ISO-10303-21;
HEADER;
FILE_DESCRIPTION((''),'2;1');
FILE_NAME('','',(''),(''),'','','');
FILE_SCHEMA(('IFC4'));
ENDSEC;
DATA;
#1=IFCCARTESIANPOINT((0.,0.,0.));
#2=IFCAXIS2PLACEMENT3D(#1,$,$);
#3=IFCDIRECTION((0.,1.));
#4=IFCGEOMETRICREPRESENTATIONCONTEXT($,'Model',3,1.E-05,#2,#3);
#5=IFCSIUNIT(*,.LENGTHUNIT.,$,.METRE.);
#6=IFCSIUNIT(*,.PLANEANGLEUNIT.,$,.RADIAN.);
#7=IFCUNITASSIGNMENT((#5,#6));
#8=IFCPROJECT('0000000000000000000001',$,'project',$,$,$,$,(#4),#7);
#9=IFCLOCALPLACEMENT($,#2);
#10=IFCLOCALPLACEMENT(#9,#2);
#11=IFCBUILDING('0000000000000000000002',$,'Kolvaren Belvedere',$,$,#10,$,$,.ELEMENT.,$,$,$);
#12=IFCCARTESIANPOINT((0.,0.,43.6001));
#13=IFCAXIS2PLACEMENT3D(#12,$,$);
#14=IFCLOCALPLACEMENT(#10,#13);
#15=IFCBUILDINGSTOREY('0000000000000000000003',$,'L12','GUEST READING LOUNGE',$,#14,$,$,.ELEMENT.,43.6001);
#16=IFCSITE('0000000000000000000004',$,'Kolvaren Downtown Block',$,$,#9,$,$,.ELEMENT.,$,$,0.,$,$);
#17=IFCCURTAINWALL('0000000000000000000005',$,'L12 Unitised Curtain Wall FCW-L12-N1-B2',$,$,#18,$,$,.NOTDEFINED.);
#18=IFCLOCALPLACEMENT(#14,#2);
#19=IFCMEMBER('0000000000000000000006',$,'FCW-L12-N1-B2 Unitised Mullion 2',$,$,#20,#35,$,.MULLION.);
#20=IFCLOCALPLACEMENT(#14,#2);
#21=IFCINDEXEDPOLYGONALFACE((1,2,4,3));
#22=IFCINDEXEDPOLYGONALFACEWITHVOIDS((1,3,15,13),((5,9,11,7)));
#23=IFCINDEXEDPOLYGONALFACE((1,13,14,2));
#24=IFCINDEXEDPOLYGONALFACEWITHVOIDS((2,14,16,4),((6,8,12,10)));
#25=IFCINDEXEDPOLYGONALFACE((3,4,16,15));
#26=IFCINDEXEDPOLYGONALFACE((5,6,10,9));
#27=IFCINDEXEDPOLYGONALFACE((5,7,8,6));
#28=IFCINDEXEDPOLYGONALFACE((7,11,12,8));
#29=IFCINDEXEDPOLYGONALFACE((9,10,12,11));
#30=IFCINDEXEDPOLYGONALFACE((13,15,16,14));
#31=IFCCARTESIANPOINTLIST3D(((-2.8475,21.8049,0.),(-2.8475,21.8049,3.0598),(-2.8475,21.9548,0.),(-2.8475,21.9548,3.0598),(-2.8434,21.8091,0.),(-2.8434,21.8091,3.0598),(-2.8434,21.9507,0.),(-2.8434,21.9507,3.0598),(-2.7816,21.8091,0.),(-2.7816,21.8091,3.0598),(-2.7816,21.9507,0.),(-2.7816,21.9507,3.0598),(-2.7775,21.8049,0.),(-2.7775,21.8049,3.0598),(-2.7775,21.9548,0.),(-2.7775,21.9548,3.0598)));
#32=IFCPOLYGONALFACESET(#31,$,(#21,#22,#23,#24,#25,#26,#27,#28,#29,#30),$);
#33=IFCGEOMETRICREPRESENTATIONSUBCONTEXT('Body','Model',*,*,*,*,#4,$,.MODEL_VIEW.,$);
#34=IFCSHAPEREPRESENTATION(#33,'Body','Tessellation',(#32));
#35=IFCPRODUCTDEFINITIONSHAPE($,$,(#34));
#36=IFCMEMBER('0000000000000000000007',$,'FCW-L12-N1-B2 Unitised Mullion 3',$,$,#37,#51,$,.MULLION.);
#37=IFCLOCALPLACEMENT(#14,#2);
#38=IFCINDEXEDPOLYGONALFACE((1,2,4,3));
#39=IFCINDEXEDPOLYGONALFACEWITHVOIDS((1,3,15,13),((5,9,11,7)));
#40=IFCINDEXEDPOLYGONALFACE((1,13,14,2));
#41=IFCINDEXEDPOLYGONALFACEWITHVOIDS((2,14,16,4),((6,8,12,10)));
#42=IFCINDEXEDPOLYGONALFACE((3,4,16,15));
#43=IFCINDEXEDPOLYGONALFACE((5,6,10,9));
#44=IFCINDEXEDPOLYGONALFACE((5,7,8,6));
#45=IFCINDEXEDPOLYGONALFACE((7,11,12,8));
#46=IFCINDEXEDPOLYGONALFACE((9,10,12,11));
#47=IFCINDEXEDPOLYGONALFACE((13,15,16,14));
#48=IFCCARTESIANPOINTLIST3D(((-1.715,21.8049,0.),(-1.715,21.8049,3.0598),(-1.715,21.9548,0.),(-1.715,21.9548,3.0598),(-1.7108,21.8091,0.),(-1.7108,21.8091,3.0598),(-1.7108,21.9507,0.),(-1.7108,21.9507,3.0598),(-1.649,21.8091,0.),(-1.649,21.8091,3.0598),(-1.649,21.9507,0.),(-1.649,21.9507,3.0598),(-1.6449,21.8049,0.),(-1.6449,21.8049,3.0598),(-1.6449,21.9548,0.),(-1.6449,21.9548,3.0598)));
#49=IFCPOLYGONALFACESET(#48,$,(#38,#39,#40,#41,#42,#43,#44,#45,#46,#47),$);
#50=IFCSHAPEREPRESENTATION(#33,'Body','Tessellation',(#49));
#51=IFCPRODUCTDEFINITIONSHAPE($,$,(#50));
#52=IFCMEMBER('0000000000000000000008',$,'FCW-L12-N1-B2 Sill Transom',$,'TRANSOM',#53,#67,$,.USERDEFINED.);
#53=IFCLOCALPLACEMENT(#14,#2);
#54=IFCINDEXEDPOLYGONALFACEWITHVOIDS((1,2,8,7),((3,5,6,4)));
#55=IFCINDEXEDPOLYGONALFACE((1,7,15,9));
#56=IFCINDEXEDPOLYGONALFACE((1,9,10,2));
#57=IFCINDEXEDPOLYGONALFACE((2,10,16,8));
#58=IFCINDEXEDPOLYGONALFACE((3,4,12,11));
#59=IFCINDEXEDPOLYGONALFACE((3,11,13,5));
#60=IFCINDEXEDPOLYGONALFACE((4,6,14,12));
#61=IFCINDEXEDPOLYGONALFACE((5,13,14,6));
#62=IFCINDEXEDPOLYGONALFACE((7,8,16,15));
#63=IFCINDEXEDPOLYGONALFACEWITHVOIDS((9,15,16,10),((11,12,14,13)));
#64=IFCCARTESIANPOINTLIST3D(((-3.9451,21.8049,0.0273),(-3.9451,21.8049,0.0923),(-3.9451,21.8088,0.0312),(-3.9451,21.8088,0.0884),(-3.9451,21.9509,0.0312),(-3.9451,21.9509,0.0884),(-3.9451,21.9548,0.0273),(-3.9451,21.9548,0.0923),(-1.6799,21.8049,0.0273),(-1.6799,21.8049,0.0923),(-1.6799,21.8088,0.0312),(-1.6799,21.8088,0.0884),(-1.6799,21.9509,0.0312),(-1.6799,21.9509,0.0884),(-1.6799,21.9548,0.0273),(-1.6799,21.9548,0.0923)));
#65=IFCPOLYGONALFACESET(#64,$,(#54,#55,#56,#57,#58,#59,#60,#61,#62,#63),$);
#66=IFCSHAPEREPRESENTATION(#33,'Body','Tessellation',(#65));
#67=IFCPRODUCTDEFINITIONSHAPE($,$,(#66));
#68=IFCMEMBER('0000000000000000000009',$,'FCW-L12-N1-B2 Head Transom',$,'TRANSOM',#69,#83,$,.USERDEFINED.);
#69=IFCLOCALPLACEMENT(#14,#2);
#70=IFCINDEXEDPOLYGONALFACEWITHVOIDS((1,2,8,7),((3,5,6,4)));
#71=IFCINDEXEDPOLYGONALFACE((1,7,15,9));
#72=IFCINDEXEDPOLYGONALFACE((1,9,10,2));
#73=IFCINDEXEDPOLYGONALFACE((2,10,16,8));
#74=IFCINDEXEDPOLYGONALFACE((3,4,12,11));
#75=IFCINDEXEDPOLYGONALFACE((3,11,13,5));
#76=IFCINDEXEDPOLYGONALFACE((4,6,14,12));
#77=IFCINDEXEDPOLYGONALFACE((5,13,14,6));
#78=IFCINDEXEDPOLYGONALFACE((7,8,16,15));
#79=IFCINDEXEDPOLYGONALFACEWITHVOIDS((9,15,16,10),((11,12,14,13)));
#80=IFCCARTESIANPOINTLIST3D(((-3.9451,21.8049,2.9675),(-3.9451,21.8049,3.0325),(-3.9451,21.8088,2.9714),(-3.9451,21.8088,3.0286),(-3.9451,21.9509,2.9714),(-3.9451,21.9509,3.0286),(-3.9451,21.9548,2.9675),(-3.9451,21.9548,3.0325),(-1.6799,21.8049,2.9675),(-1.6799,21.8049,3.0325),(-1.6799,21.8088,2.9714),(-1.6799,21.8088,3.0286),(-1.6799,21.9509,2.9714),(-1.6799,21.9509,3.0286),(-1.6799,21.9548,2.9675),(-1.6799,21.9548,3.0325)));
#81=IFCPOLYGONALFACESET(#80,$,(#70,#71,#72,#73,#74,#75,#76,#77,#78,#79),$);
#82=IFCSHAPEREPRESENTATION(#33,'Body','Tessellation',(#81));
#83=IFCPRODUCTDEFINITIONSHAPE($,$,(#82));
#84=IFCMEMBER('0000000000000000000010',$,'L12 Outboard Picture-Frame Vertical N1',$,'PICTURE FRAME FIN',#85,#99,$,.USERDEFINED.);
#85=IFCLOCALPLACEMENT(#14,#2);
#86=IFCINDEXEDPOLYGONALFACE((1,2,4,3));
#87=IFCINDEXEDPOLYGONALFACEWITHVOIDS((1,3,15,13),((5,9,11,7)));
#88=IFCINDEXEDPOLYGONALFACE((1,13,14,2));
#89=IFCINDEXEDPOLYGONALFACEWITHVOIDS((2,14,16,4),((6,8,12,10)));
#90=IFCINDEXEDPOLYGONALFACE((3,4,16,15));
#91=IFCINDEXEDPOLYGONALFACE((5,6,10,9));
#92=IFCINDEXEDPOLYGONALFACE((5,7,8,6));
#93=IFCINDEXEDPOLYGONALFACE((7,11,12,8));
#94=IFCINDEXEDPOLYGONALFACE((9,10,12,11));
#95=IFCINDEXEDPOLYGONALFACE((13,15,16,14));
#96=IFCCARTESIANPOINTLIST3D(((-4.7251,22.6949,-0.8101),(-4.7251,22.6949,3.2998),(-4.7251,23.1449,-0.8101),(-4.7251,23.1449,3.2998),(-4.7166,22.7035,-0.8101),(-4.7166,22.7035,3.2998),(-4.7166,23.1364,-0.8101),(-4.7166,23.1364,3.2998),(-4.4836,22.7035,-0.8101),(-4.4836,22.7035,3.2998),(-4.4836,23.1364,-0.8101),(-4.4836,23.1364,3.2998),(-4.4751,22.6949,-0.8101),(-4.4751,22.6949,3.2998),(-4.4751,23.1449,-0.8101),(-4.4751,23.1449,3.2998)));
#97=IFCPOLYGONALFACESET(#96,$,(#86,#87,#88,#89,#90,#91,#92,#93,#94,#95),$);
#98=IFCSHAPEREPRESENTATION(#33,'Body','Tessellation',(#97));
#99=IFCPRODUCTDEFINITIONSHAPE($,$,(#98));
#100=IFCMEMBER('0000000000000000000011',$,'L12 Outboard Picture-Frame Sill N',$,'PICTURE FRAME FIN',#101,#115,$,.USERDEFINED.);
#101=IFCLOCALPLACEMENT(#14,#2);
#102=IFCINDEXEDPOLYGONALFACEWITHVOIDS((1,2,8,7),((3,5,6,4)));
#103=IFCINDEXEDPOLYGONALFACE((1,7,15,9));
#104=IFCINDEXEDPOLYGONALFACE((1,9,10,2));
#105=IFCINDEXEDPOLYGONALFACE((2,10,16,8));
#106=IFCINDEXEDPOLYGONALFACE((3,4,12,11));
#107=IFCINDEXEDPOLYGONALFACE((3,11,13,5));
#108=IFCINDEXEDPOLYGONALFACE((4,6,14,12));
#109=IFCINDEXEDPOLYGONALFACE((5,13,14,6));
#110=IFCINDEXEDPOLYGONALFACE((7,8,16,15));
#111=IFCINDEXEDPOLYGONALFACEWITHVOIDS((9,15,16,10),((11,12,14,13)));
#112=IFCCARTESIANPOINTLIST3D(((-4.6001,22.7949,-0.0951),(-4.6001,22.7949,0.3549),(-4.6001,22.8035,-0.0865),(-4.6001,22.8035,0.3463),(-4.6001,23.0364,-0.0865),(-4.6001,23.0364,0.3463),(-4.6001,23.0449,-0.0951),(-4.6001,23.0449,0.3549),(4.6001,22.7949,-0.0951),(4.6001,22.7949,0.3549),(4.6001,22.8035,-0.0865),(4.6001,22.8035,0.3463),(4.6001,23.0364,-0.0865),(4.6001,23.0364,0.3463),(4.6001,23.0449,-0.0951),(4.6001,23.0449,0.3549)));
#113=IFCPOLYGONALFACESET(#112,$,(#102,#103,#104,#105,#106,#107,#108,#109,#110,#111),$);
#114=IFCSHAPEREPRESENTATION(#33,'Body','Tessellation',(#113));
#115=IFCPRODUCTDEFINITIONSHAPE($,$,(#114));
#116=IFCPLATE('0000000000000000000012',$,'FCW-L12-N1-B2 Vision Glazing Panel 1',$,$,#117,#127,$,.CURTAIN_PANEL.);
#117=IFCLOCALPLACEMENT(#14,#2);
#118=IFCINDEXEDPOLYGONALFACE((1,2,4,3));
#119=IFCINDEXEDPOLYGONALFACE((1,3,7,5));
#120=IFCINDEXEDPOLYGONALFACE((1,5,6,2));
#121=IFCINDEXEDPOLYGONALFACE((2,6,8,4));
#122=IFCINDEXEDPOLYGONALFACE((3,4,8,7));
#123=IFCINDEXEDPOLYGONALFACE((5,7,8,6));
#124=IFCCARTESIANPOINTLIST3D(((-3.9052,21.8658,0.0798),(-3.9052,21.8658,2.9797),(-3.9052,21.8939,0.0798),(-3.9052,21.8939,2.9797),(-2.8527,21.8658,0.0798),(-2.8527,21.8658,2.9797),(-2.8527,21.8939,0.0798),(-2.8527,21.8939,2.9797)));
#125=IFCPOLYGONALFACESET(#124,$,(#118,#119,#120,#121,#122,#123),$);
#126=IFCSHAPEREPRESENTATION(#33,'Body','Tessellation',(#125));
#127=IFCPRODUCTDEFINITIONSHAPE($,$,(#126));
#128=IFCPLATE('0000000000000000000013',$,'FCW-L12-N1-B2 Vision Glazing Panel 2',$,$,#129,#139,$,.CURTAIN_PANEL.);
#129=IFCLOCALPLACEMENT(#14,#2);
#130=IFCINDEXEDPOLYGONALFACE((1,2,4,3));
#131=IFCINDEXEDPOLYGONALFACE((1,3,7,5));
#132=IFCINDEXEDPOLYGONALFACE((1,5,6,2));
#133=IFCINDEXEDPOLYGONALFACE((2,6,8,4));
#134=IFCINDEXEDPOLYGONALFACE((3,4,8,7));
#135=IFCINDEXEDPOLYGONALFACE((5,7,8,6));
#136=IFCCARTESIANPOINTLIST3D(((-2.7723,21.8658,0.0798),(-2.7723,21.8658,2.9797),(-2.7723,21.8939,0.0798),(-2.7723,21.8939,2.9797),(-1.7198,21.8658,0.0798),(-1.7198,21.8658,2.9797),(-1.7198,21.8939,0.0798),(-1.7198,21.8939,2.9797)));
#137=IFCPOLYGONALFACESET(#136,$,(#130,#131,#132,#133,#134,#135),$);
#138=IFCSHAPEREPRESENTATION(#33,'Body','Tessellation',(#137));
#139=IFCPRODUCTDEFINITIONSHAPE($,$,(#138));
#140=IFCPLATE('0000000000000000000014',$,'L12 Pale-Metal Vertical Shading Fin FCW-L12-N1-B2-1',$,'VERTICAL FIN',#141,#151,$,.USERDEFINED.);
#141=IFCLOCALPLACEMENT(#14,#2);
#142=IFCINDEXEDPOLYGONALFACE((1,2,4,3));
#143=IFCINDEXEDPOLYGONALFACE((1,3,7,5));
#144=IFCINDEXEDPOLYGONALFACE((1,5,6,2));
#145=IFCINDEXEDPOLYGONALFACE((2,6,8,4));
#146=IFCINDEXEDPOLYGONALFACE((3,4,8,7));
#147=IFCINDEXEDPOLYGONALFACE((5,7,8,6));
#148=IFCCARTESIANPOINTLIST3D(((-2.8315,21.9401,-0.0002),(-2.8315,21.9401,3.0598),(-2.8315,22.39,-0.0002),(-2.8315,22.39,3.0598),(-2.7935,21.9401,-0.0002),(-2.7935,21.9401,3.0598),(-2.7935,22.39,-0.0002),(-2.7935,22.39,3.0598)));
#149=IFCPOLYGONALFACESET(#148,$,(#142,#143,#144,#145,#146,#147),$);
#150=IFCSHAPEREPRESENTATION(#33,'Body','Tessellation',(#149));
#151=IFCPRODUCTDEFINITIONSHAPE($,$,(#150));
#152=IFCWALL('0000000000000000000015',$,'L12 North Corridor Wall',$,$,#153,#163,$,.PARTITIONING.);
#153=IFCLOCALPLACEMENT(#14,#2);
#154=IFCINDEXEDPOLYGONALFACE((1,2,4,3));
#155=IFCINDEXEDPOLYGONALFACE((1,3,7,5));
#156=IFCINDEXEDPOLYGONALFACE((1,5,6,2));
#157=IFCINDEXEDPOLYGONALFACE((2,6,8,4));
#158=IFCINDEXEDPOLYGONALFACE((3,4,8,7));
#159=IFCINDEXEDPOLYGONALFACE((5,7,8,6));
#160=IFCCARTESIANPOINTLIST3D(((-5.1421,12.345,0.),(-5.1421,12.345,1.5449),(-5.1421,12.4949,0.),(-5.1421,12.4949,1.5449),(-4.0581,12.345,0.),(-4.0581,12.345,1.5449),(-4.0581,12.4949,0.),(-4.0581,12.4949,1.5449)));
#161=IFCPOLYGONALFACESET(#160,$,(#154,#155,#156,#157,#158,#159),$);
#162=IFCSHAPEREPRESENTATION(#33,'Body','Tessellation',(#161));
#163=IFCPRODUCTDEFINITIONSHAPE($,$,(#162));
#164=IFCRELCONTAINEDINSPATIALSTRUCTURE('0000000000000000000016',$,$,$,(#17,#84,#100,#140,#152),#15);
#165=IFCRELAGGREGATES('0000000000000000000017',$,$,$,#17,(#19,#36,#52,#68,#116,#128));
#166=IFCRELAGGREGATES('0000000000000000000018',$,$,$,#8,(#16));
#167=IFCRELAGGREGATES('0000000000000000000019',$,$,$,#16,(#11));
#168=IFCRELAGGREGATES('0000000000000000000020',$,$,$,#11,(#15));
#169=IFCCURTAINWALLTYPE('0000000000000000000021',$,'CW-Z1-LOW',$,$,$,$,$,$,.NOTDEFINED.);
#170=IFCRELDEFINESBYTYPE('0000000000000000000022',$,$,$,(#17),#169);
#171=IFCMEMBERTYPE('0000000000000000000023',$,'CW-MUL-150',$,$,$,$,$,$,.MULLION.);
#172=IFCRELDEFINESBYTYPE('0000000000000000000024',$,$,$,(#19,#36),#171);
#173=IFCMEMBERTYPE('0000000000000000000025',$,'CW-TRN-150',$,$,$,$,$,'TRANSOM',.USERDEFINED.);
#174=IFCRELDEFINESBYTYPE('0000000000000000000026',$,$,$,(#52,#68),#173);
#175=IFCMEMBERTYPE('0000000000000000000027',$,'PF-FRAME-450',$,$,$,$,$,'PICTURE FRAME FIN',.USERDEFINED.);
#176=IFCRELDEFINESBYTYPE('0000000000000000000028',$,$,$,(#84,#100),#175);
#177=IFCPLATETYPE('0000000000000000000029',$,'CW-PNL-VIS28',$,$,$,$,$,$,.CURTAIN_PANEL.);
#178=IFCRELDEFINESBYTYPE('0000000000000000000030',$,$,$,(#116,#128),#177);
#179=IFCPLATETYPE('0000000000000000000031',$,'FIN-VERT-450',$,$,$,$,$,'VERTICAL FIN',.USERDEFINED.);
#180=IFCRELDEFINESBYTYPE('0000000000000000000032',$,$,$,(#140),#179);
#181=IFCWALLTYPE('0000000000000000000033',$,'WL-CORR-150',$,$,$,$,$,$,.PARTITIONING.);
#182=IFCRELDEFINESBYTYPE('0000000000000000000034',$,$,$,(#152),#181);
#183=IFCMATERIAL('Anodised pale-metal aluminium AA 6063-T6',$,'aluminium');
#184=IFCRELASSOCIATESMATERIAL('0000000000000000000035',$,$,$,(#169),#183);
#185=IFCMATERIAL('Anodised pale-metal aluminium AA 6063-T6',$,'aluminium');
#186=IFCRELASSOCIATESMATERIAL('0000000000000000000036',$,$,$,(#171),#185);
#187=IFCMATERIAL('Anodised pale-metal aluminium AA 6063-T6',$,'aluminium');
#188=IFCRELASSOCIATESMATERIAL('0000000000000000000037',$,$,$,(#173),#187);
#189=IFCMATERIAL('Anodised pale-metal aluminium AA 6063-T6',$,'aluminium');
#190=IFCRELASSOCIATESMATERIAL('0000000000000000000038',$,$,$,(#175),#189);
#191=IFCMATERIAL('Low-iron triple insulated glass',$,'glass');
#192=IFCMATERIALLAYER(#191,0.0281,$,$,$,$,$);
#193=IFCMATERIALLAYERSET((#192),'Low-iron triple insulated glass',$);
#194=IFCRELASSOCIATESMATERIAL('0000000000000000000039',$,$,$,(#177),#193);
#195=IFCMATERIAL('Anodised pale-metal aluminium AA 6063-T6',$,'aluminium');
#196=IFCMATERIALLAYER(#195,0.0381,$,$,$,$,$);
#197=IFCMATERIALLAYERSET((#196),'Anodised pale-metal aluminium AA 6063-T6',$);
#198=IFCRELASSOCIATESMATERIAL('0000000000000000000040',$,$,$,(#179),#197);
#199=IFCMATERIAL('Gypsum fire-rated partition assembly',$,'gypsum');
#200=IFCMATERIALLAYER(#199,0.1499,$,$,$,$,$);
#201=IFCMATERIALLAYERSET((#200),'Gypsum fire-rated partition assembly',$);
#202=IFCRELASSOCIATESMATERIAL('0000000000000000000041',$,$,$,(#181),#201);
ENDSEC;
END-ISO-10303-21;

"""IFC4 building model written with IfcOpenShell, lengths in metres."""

from ifc_helpers import new_model, si_unit, direction, frame, frame_2d, origin, origin_2d, place, context, subcontext, project, spatial, rectangle, hollow_rectangle, extrude, material, layer, layer_set, material_profile, profile_set, type_object, element, aggregate, save


model = new_model("IFC4")

# Units and contexts
model_context = context("Model", 3, precision=1e-05, world=origin(), true_north=direction((0.0, 1.0)))
body_context = subcontext(model_context, "Body", "Model", "MODEL_VIEW")
ifc_project = project(units=[si_unit("LENGTHUNIT", "METRE"), si_unit("PLANEANGLEUNIT", "RADIAN")], contexts=[model_context])

# Site, building, storey
site_placement = place(None, origin())
site = spatial("IfcSite", under=ifc_project, at=site_placement, Name="Kolvaren Downtown Block", CompositionType="ELEMENT", RefElevation=0.0)
building_placement = place(site_placement, origin())
building = spatial("IfcBuilding", under=site, at=building_placement, Name="Kolvaren Belvedere", CompositionType="ELEMENT")
storey_placement = place(building_placement, frame((0.0, 0.0, 43.6001)))
storey = spatial("IfcBuildingStorey", under=building, at=storey_placement, Name="L12", Description="GUEST READING LOUNGE", CompositionType="ELEMENT", Elevation=43.6001)

# Curtain wall, members
ifc_material_1 = material(Name="Anodised pale-metal aluminium AA 6063-T6", Category="aluminium")
curtain_wall_type = type_object("IfcCurtainWallType", Name="CW-Z1-LOW", PredefinedType="NOTDEFINED", material=ifc_material_1)
curtain_wall_placement = place(storey_placement, origin())
curtain_wall = element("IfcCurtainWall", 1, at=curtain_wall_placement, inside=storey, type_object=curtain_wall_type, Name="L12 Unitised Curtain Wall FCW-L12-N1-B2", PredefinedType="NOTDEFINED")
ifc_material_2 = material(Name="Anodised pale-metal aluminium AA 6063-T6", Category="aluminium")
ifc_material_profile_1 = material_profile(ifc_material_2, hollow_rectangle(XDim=0.0701, YDim=0.1499, WallThickness=0.0042, at=origin_2d()), Name="ALU-MUL-150X70")
ifc_profile_set_1 = profile_set([ifc_material_profile_1], Name="Anodised pale-metal aluminium AA 6063-T6")
member_type_1 = type_object("IfcMemberType", Name="CW-MUL-150", PredefinedType="MULLION", material=ifc_profile_set_1)
member_1_placement = place(storey_placement, frame((-2.8125, 21.8799, 0.0), z_axis=(0.0, 0.0, 1.0), x_axis=(1.0, 0.0, 0.0)))
member_1 = element("IfcMember", 2, at=member_1_placement, type_object=member_type_1, Name="FCW-L12-N1-B2 Unitised Mullion 2", PredefinedType="MULLION", context=body_context, shape_type="SweptSolid", body=[
    extrude(hollow_rectangle(XDim=0.0701, YDim=0.1499, WallThickness=0.0042, at=origin_2d()), origin(), (0.0, 0.0, 1.0), 3.0598),
])
member_2_placement = place(storey_placement, frame((-1.6799, 21.8799, 0.0), z_axis=(0.0, 0.0, 1.0), x_axis=(1.0, 0.0, 0.0)))
member_2 = element("IfcMember", 3, at=member_2_placement, type_object=member_type_1, Name="FCW-L12-N1-B2 Unitised Mullion 3", PredefinedType="MULLION", context=body_context, shape_type="SweptSolid", body=[
    extrude(hollow_rectangle(XDim=0.0701, YDim=0.1499, WallThickness=0.0042, at=origin_2d()), origin(), (0.0, 0.0, 1.0), 3.0598),
])
ifc_material_3 = material(Name="Anodised pale-metal aluminium AA 6063-T6", Category="aluminium")
ifc_material_profile_2 = material_profile(ifc_material_3, hollow_rectangle(XDim=0.0649, YDim=0.1499, WallThickness=0.0039, at=origin_2d()), Name="ALU-TRN-150X65")
ifc_profile_set_2 = profile_set([ifc_material_profile_2], Name="Anodised pale-metal aluminium AA 6063-T6")
member_type_2 = type_object("IfcMemberType", Name="CW-TRN-150", ElementType="TRANSOM", PredefinedType="USERDEFINED", material=ifc_profile_set_2)
member_3_placement = place(storey_placement, frame((-3.9451, 21.8799, 0.0598), z_axis=(1.0, 0.0, 0.0), x_axis=(0.0, 0.0, 1.0)))
member_3 = element("IfcMember", 4, at=member_3_placement, type_object=member_type_2, Name="FCW-L12-N1-B2 Sill Transom", ObjectType="TRANSOM", PredefinedType="USERDEFINED", context=body_context, shape_type="SweptSolid", body=[
    extrude(hollow_rectangle(XDim=0.0649, YDim=0.1499, WallThickness=0.0039, at=origin_2d()), origin(), (0.0, 0.0, 1.0), 2.2651),
])
member_4_placement = place(storey_placement, frame((-3.9451, 21.8799, 3.0), z_axis=(1.0, 0.0, 0.0), x_axis=(0.0, 0.0, 1.0)))
member_4 = element("IfcMember", 5, at=member_4_placement, type_object=member_type_2, Name="FCW-L12-N1-B2 Head Transom", ObjectType="TRANSOM", PredefinedType="USERDEFINED", context=body_context, shape_type="SweptSolid", body=[
    extrude(hollow_rectangle(XDim=0.0649, YDim=0.1499, WallThickness=0.0039, at=origin_2d()), origin(), (0.0, 0.0, 1.0), 2.2651),
])

# Members
ifc_material_4 = material(Name="Anodised pale-metal aluminium AA 6063-T6", Category="aluminium")
ifc_material_profile_3 = material_profile(ifc_material_4, hollow_rectangle(XDim=0.25, YDim=0.45, WallThickness=0.0085, at=origin_2d()), Name="ALU-PF-450X250")
ifc_profile_set_3 = profile_set([ifc_material_profile_3], Name="Anodised pale-metal aluminium AA 6063-T6")
member_type_3 = type_object("IfcMemberType", Name="PF-FRAME-450", ElementType="PICTURE FRAME FIN", PredefinedType="USERDEFINED", material=ifc_profile_set_3)
member_5_placement = place(storey_placement, frame((-4.6001, 22.9199, -0.8101), z_axis=(0.0, 0.0, 1.0), x_axis=(1.0, 0.0, 0.0)))
element("IfcMember", 6, at=member_5_placement, inside=storey, type_object=member_type_3, Name="L12 Outboard Picture-Frame Vertical N1", ObjectType="PICTURE FRAME FIN", PredefinedType="USERDEFINED", context=body_context, shape_type="SweptSolid", body=[
    extrude(hollow_rectangle(XDim=0.25, YDim=0.45, WallThickness=0.0085, at=origin_2d()), origin(), (0.0, 0.0, 1.0), 4.1099),
])
member_6_placement = place(storey_placement, frame((-4.6001, 22.9199, 0.1299), z_axis=(1.0, 0.0, 0.0), x_axis=(0.0, 1.0, 0.0)))
element("IfcMember", 7, at=member_6_placement, inside=storey, type_object=member_type_3, Name="L12 Outboard Picture-Frame Sill N", ObjectType="PICTURE FRAME FIN", PredefinedType="USERDEFINED", context=body_context, shape_type="SweptSolid", body=[
    extrude(hollow_rectangle(XDim=0.25, YDim=0.45, WallThickness=0.0085, at=origin_2d()), origin(), (0.0, 0.0, 1.0), 9.2002),
])

# Plates
ifc_material_5 = material(Name="Low-iron triple insulated glass", Category="glass")
ifc_layer_1 = layer(ifc_material_5, 0.0281)
ifc_layer_set_1 = layer_set([ifc_layer_1], Name="Low-iron triple insulated glass")
plate_type_1 = type_object("IfcPlateType", Name="CW-PNL-VIS28", PredefinedType="CURTAIN_PANEL", material=ifc_layer_set_1)
plate_1_placement = place(storey_placement, frame((-3.3789, 21.8799, 0.0798), z_axis=(0.0, 0.0, 1.0), x_axis=(1.0, 0.0, 0.0)))
plate_1 = element("IfcPlate", 8, at=plate_1_placement, type_object=plate_type_1, Name="FCW-L12-N1-B2 Vision Glazing Panel 1", PredefinedType="CURTAIN_PANEL", context=body_context, shape_type="SweptSolid", body=[
    extrude(rectangle(XDim=1.0525, YDim=0.0281, at=origin_2d()), origin(), (0.0, 0.0, 1.0), 2.8999),
])
plate_2_placement = place(storey_placement, frame((-2.2461, 21.8799, 0.0798), z_axis=(0.0, 0.0, 1.0), x_axis=(1.0, 0.0, 0.0)))
plate_2 = element("IfcPlate", 9, at=plate_2_placement, type_object=plate_type_1, Name="FCW-L12-N1-B2 Vision Glazing Panel 2", PredefinedType="CURTAIN_PANEL", context=body_context, shape_type="SweptSolid", body=[
    extrude(rectangle(XDim=1.0525, YDim=0.0281, at=origin_2d()), origin(), (0.0, 0.0, 1.0), 2.8999),
])
aggregate(curtain_wall, [member_1, member_2, member_3, member_4, plate_1, plate_2])
ifc_material_6 = material(Name="Anodised pale-metal aluminium AA 6063-T6", Category="aluminium")
ifc_layer_2 = layer(ifc_material_6, 0.0381)
ifc_layer_set_2 = layer_set([ifc_layer_2], Name="Anodised pale-metal aluminium AA 6063-T6")
plate_type_2 = type_object("IfcPlateType", Name="FIN-VERT-450", ElementType="VERTICAL FIN", PredefinedType="USERDEFINED", material=ifc_layer_set_2)
plate_3_placement = place(storey_placement, frame((-2.8125, 22.165, -0.0002), z_axis=(0.0, 0.0, 1.0), x_axis=(0.0, 1.0, 0.0)))
element("IfcPlate", 10, at=plate_3_placement, inside=storey, type_object=plate_type_2, Name="L12 Pale-Metal Vertical Shading Fin FCW-L12-N1-B2-1", ObjectType="VERTICAL FIN", PredefinedType="USERDEFINED", context=body_context, shape_type="SweptSolid", body=[
    extrude(rectangle(XDim=0.45, YDim=0.0381, at=origin_2d()), origin(), (0.0, 0.0, 1.0), 3.0601),
])

# Wall
ifc_material_7 = material(Name="Gypsum fire-rated partition assembly", Category="gypsum")
ifc_layer_3 = layer(ifc_material_7, 0.1499)
ifc_layer_set_3 = layer_set([ifc_layer_3], Name="Gypsum fire-rated partition assembly")
wall_type_1 = type_object("IfcWallType", Name="WL-CORR-150", PredefinedType="PARTITIONING", material=ifc_layer_set_3)
wall_1_placement = place(storey_placement, frame((-5.1421, 12.4199, 0.0), z_axis=(0.0, 0.0, 1.0), x_axis=(1.0, 0.0, 0.0)))
element("IfcWall", 11, at=wall_1_placement, inside=storey, type_object=wall_type_1, Name="L12 North Corridor Wall", PredefinedType="PARTITIONING", context=body_context, shape_type="SweptSolid", body=[
    extrude(rectangle(XDim=1.084, YDim=0.1499, at=frame_2d((0.542, 0.0))), origin(), (0.0, 0.0, 1.0), 1.5449),
])

save(model, "model.ifc")
